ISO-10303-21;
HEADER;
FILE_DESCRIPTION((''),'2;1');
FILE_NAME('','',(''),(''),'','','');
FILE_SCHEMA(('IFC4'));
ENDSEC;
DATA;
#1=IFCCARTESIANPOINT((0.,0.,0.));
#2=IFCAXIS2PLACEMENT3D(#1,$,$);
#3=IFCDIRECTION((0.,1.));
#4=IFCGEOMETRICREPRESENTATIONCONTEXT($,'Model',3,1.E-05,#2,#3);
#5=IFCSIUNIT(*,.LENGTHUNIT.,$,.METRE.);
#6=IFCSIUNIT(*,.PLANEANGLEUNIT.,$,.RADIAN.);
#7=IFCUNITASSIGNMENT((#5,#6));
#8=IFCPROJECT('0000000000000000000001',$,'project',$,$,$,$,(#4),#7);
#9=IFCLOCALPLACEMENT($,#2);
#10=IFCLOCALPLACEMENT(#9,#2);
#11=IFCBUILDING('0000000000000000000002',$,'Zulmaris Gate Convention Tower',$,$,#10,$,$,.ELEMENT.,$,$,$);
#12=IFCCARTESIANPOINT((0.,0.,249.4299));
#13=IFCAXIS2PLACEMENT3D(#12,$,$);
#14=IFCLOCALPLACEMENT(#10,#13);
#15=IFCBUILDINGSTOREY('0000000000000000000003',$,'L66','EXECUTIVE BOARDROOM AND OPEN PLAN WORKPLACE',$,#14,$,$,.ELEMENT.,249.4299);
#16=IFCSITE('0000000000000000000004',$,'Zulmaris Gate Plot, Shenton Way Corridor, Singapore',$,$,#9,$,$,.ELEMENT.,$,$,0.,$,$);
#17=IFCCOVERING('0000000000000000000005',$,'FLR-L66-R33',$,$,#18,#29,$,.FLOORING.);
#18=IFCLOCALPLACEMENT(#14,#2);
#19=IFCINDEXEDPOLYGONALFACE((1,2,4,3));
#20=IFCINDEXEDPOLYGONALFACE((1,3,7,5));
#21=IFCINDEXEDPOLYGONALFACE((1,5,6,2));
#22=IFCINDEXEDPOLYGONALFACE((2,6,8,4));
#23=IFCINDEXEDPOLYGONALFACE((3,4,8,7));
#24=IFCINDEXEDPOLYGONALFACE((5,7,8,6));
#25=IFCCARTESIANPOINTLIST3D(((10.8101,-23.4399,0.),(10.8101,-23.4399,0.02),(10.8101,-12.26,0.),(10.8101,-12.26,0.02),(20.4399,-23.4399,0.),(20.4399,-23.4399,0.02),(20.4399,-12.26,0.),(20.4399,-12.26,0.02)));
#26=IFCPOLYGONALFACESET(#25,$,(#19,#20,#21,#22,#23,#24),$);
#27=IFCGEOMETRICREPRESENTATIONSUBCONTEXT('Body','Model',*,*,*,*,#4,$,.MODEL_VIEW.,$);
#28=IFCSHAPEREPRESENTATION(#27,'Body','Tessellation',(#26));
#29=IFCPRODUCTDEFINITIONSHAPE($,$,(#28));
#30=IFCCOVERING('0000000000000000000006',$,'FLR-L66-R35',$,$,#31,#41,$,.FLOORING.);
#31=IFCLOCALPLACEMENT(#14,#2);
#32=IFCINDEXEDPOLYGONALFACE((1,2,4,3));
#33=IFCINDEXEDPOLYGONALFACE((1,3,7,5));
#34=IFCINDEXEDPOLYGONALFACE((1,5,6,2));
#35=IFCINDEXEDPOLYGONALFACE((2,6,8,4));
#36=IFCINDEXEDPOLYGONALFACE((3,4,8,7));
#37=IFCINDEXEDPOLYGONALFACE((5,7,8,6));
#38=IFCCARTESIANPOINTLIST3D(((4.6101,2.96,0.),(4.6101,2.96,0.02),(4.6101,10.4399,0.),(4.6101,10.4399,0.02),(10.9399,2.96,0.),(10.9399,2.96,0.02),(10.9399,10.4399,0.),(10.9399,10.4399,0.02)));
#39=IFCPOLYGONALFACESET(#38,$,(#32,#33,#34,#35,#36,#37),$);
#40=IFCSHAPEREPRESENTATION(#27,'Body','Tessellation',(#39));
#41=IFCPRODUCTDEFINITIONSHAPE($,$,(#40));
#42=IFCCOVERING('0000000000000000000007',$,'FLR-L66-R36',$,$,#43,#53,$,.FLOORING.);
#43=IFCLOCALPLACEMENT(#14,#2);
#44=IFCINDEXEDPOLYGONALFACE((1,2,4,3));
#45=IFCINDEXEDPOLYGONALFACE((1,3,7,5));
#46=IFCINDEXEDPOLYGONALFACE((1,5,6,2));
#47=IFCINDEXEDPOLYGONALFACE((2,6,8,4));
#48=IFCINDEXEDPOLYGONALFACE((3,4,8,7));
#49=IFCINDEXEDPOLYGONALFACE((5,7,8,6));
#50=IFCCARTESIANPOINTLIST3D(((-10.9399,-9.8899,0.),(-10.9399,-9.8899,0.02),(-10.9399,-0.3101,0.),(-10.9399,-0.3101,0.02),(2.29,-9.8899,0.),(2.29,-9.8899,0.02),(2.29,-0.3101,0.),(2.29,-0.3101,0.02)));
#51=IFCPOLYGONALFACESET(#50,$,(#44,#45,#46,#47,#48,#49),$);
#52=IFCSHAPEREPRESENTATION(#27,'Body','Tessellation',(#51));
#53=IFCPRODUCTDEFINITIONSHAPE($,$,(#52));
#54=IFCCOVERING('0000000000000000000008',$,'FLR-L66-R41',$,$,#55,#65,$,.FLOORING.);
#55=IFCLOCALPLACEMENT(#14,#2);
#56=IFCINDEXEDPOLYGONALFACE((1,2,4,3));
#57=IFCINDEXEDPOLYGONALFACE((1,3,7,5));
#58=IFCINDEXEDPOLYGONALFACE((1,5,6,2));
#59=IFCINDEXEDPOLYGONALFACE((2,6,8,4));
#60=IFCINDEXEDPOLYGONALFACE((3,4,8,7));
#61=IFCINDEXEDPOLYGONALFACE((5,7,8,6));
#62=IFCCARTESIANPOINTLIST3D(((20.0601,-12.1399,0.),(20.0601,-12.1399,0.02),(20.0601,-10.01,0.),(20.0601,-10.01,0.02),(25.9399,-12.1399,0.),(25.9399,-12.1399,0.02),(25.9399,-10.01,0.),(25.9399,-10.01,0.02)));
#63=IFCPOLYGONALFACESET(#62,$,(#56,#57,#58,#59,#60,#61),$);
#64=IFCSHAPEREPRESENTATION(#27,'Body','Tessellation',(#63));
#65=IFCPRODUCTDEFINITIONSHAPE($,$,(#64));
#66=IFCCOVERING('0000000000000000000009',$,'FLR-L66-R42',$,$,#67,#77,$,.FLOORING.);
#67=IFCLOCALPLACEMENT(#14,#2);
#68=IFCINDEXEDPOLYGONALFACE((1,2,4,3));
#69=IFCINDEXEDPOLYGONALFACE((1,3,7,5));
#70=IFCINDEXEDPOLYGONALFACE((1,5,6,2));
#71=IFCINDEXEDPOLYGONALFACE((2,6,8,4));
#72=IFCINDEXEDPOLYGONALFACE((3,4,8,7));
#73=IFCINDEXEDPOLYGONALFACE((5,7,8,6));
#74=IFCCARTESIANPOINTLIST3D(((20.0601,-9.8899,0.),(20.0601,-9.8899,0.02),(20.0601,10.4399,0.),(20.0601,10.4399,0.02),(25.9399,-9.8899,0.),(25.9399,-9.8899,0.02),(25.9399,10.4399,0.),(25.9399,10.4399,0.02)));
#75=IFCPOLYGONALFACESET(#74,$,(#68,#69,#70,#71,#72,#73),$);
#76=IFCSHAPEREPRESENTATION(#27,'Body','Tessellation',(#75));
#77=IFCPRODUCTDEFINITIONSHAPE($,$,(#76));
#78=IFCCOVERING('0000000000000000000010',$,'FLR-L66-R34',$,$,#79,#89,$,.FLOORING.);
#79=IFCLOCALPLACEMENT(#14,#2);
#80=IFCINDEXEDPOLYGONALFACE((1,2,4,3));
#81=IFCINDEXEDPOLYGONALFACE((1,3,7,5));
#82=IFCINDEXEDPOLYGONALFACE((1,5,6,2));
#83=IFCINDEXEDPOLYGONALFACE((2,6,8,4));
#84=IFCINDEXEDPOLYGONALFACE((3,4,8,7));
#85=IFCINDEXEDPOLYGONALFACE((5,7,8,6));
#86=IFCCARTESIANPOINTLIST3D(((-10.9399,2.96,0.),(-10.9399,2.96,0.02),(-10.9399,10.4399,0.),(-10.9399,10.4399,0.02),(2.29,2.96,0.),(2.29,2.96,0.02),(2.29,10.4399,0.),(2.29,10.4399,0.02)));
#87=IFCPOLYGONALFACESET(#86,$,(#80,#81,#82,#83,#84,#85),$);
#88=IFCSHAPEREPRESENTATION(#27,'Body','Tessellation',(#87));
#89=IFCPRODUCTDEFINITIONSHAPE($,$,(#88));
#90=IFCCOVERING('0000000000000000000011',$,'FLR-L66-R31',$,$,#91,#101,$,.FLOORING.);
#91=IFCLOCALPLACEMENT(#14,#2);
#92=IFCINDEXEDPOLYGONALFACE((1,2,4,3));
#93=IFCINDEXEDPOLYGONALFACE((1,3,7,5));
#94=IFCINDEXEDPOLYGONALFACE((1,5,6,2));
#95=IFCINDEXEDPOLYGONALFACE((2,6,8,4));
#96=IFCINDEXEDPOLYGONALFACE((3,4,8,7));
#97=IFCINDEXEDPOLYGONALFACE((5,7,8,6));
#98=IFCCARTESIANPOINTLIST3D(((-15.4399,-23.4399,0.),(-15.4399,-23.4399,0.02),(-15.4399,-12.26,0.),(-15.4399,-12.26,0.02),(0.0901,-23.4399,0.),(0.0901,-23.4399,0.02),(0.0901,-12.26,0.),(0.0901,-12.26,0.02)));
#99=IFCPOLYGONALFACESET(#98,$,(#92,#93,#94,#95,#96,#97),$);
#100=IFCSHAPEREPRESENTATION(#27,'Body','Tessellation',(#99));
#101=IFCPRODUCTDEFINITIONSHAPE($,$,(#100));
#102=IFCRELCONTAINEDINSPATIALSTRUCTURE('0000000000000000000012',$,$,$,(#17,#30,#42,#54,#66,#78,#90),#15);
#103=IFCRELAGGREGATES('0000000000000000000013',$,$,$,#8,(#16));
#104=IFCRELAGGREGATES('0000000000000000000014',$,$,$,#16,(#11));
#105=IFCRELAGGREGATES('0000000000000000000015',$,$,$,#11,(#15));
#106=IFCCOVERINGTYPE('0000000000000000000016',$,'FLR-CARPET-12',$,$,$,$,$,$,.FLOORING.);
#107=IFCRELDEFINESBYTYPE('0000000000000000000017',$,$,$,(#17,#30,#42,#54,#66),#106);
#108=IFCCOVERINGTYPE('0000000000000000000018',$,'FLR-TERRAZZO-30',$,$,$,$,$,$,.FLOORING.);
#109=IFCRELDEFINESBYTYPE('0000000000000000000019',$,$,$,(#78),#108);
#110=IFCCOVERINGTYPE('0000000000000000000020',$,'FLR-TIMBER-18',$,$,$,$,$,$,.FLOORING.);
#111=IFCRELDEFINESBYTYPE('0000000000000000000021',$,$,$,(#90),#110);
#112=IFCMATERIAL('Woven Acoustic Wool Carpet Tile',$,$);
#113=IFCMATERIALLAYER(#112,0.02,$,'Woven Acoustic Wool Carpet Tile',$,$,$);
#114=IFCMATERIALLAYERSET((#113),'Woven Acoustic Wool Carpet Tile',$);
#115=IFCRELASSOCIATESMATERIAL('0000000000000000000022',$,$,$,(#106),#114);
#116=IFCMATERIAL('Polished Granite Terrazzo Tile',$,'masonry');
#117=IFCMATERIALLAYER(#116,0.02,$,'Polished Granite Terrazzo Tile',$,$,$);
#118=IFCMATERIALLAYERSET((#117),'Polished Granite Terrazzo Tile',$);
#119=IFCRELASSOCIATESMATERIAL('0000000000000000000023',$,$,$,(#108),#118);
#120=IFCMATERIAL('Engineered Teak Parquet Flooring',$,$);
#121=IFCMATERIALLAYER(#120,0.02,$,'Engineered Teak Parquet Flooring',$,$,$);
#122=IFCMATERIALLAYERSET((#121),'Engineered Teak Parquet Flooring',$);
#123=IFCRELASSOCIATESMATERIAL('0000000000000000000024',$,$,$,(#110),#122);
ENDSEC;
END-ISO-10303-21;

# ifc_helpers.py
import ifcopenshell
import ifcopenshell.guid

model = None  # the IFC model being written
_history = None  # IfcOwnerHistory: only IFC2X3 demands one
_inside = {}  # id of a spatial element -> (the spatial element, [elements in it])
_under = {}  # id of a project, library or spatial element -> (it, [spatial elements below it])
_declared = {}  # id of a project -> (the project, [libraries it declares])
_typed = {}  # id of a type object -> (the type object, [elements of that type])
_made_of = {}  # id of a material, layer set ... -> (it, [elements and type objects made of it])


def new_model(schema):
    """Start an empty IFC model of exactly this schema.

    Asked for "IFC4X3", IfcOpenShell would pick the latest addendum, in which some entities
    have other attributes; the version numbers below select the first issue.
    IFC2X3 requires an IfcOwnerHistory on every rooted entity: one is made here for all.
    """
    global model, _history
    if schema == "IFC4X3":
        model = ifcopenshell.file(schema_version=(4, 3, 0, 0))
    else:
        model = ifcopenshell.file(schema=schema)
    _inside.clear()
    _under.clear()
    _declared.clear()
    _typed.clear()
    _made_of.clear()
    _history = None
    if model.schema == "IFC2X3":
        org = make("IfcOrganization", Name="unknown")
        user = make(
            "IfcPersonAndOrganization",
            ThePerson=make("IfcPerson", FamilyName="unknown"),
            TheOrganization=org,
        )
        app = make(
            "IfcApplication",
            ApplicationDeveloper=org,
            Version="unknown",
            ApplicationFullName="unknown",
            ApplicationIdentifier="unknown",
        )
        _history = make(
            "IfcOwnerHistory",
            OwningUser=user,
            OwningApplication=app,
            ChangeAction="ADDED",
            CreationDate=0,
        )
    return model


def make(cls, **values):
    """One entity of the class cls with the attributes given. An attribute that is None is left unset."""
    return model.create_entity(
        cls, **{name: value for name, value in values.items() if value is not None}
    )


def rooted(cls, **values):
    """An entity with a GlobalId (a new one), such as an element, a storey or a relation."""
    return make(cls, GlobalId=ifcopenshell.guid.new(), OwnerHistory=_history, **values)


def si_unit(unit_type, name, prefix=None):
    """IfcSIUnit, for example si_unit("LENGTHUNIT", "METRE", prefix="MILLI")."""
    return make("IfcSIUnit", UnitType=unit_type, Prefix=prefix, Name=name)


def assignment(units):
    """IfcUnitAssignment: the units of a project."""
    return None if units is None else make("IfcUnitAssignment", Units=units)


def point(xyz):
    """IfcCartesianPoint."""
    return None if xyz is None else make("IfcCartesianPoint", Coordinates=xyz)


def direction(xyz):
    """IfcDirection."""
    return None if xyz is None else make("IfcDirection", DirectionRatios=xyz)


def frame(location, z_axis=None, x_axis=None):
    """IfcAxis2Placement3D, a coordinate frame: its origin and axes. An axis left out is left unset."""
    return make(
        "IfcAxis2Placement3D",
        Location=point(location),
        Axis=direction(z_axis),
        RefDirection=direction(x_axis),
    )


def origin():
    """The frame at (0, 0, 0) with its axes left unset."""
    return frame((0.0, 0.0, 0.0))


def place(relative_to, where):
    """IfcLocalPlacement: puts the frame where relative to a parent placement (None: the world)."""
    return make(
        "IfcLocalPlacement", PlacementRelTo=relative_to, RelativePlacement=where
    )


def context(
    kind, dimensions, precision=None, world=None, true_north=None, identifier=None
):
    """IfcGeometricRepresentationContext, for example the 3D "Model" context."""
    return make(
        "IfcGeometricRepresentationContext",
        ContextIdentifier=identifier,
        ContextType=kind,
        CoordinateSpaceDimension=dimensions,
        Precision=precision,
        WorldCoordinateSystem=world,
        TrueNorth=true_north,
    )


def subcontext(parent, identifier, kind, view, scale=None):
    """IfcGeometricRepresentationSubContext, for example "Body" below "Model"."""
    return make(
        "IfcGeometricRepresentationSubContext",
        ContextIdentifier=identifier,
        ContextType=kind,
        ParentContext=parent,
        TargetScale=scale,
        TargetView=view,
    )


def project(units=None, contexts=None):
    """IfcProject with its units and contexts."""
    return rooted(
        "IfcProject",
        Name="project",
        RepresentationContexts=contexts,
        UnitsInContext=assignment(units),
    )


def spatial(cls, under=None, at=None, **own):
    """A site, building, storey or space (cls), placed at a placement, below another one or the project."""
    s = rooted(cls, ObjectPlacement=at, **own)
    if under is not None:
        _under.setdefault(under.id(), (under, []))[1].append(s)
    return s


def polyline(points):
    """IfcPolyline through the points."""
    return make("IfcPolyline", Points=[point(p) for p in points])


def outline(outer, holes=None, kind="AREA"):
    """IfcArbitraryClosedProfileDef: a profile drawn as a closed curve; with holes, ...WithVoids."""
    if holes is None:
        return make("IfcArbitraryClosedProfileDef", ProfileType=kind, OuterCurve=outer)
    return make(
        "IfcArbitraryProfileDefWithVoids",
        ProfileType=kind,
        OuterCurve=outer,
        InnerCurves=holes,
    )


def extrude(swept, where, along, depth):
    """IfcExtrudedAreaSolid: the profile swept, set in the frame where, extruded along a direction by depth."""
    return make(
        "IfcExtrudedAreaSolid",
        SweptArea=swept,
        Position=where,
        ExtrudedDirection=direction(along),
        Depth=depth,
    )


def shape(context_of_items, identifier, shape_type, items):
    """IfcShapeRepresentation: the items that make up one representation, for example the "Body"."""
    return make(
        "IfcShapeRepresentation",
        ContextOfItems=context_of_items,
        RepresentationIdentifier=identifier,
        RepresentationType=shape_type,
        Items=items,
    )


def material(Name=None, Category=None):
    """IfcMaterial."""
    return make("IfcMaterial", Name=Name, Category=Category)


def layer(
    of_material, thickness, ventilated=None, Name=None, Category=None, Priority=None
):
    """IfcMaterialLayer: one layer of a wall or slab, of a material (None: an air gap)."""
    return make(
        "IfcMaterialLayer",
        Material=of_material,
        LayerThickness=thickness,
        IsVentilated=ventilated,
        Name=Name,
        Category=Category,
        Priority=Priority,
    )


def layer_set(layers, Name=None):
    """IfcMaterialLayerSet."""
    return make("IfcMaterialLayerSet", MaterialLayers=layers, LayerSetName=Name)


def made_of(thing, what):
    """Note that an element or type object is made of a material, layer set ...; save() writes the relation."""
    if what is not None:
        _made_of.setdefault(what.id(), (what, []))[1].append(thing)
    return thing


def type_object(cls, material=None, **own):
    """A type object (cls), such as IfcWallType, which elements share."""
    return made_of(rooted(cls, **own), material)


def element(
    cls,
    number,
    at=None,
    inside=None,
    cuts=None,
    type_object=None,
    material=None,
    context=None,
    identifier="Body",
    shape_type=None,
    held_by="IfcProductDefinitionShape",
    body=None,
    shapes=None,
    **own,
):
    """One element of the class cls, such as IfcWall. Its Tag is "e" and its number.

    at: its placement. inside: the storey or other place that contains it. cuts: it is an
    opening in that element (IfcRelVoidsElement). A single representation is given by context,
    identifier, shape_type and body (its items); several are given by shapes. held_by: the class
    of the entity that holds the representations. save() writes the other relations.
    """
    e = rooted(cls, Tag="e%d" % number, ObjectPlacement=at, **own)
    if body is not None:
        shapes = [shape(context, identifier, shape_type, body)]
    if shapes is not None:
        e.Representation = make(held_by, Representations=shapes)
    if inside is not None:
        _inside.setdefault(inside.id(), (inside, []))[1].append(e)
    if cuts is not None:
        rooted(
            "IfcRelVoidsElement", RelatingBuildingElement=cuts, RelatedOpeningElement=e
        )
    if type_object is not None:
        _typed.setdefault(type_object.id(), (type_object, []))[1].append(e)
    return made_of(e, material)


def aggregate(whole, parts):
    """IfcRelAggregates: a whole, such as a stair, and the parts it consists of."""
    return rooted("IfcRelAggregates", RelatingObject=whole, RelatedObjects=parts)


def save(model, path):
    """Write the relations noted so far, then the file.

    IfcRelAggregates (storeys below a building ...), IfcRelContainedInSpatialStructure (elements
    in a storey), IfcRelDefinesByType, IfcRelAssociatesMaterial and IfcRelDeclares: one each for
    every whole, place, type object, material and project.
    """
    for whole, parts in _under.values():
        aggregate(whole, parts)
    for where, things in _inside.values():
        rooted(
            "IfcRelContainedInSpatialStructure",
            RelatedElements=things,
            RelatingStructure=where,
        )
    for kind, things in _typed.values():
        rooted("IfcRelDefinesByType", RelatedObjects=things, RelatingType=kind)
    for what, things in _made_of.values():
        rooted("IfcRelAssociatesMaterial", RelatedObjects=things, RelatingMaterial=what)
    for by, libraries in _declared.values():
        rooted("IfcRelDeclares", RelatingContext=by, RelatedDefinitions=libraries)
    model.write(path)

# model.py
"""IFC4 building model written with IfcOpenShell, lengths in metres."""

from ifc_helpers import new_model, si_unit, direction, frame, origin, place, context, subcontext, project, spatial, polyline, outline, extrude, material, layer, layer_set, type_object, element, save


model = new_model("IFC4")

# Units and contexts
model_context = context("Model", 3, precision=1e-05, world=origin(), true_north=direction((0.0, 1.0)))
body_context = subcontext(model_context, "Body", "Model", "MODEL_VIEW")
ifc_project = project(units=[si_unit("LENGTHUNIT", "METRE"), si_unit("PLANEANGLEUNIT", "RADIAN")], contexts=[model_context])

# Site, building, storey
site_placement = place(None, origin())
site = spatial("IfcSite", under=ifc_project, at=site_placement, Name="Zulmaris Gate Plot, Shenton Way Corridor, Singapore", CompositionType="ELEMENT", RefElevation=0.0)
building_placement = place(site_placement, origin())
building = spatial("IfcBuilding", under=site, at=building_placement, Name="Zulmaris Gate Convention Tower", CompositionType="ELEMENT")
storey_placement = place(building_placement, frame((0.0, 0.0, 249.4299)))
storey = spatial("IfcBuildingStorey", under=building, at=storey_placement, Name="L66", Description="EXECUTIVE BOARDROOM AND OPEN PLAN WORKPLACE", CompositionType="ELEMENT", Elevation=249.4299)

# Coverings
ifc_material_1 = material(Name="Woven Acoustic Wool Carpet Tile")
ifc_layer_1 = layer(ifc_material_1, 0.02, Name="Woven Acoustic Wool Carpet Tile")
ifc_layer_set_1 = layer_set([ifc_layer_1], Name="Woven Acoustic Wool Carpet Tile")
covering_type_1 = type_object("IfcCoveringType", Name="FLR-CARPET-12", PredefinedType="FLOORING", material=ifc_layer_set_1)
covering_1_placement = place(storey_placement, origin())
element("IfcCovering", 1, at=covering_1_placement, inside=storey, type_object=covering_type_1, Name="FLR-L66-R33", PredefinedType="FLOORING", context=body_context, shape_type="SweptSolid", body=[
    extrude(outline(polyline([(10.8101, -23.4399), (20.4399, -23.4399), (20.4399, -12.26), (10.8101, -12.26), (10.8101, -23.4399)])), origin(), (0.0, 0.0, 1.0), 0.02),
])
covering_2_placement = place(storey_placement, origin())
element("IfcCovering", 2, at=covering_2_placement, inside=storey, type_object=covering_type_1, Name="FLR-L66-R35", PredefinedType="FLOORING", context=body_context, shape_type="SweptSolid", body=[
    extrude(outline(polyline([(4.6101, 2.96), (10.9399, 2.96), (10.9399, 10.4399), (4.6101, 10.4399), (4.6101, 2.96)])), origin(), (0.0, 0.0, 1.0), 0.02),
])
covering_3_placement = place(storey_placement, origin())
element("IfcCovering", 3, at=covering_3_placement, inside=storey, type_object=covering_type_1, Name="FLR-L66-R36", PredefinedType="FLOORING", context=body_context, shape_type="SweptSolid", body=[
    extrude(outline(polyline([(-10.9399, -9.8899), (2.29, -9.8899), (2.29, -0.3101), (-10.9399, -0.3101), (-10.9399, -9.8899)])), origin(), (0.0, 0.0, 1.0), 0.02),
])
covering_4_placement = place(storey_placement, origin())
element("IfcCovering", 4, at=covering_4_placement, inside=storey, type_object=covering_type_1, Name="FLR-L66-R41", PredefinedType="FLOORING", context=body_context, shape_type="SweptSolid", body=[
    extrude(outline(polyline([(20.0601, -12.1399), (25.9399, -12.1399), (25.9399, -10.01), (20.0601, -10.01), (20.0601, -12.1399)])), origin(), (0.0, 0.0, 1.0), 0.02),
])
covering_5_placement = place(storey_placement, origin())
element("IfcCovering", 5, at=covering_5_placement, inside=storey, type_object=covering_type_1, Name="FLR-L66-R42", PredefinedType="FLOORING", context=body_context, shape_type="SweptSolid", body=[
    extrude(outline(polyline([(20.0601, -9.8899), (25.9399, -9.8899), (25.9399, 10.4399), (20.0601, 10.4399), (20.0601, -9.8899)])), origin(), (0.0, 0.0, 1.0), 0.02),
])
ifc_material_2 = material(Name="Polished Granite Terrazzo Tile", Category="masonry")
ifc_layer_2 = layer(ifc_material_2, 0.02, Name="Polished Granite Terrazzo Tile")
ifc_layer_set_2 = layer_set([ifc_layer_2], Name="Polished Granite Terrazzo Tile")
covering_type_2 = type_object("IfcCoveringType", Name="FLR-TERRAZZO-30", PredefinedType="FLOORING", material=ifc_layer_set_2)
covering_6_placement = place(storey_placement, origin())
element("IfcCovering", 6, at=covering_6_placement, inside=storey, type_object=covering_type_2, Name="FLR-L66-R34", PredefinedType="FLOORING", context=body_context, shape_type="SweptSolid", body=[
    extrude(outline(polyline([(-10.9399, 2.96), (2.29, 2.96), (2.29, 10.4399), (-10.9399, 10.4399), (-10.9399, 2.96)])), origin(), (0.0, 0.0, 1.0), 0.02),
])
ifc_material_3 = material(Name="Engineered Teak Parquet Flooring")
ifc_layer_3 = layer(ifc_material_3, 0.02, Name="Engineered Teak Parquet Flooring")
ifc_layer_set_3 = layer_set([ifc_layer_3], Name="Engineered Teak Parquet Flooring")
covering_type_3 = type_object("IfcCoveringType", Name="FLR-TIMBER-18", PredefinedType="FLOORING", material=ifc_layer_set_3)
covering_7_placement = place(storey_placement, origin())
element("IfcCovering", 7, at=covering_7_placement, inside=storey, type_object=covering_type_3, Name="FLR-L66-R31", PredefinedType="FLOORING", context=body_context, shape_type="SweptSolid", body=[
    extrude(outline(polyline([(-15.4399, -23.4399), (0.0901, -23.4399), (0.0901, -12.26), (-15.4399, -12.26), (-15.4399, -23.4399)])), origin(), (0.0, 0.0, 1.0), 0.02),
])

save(model, "model.ifc")
